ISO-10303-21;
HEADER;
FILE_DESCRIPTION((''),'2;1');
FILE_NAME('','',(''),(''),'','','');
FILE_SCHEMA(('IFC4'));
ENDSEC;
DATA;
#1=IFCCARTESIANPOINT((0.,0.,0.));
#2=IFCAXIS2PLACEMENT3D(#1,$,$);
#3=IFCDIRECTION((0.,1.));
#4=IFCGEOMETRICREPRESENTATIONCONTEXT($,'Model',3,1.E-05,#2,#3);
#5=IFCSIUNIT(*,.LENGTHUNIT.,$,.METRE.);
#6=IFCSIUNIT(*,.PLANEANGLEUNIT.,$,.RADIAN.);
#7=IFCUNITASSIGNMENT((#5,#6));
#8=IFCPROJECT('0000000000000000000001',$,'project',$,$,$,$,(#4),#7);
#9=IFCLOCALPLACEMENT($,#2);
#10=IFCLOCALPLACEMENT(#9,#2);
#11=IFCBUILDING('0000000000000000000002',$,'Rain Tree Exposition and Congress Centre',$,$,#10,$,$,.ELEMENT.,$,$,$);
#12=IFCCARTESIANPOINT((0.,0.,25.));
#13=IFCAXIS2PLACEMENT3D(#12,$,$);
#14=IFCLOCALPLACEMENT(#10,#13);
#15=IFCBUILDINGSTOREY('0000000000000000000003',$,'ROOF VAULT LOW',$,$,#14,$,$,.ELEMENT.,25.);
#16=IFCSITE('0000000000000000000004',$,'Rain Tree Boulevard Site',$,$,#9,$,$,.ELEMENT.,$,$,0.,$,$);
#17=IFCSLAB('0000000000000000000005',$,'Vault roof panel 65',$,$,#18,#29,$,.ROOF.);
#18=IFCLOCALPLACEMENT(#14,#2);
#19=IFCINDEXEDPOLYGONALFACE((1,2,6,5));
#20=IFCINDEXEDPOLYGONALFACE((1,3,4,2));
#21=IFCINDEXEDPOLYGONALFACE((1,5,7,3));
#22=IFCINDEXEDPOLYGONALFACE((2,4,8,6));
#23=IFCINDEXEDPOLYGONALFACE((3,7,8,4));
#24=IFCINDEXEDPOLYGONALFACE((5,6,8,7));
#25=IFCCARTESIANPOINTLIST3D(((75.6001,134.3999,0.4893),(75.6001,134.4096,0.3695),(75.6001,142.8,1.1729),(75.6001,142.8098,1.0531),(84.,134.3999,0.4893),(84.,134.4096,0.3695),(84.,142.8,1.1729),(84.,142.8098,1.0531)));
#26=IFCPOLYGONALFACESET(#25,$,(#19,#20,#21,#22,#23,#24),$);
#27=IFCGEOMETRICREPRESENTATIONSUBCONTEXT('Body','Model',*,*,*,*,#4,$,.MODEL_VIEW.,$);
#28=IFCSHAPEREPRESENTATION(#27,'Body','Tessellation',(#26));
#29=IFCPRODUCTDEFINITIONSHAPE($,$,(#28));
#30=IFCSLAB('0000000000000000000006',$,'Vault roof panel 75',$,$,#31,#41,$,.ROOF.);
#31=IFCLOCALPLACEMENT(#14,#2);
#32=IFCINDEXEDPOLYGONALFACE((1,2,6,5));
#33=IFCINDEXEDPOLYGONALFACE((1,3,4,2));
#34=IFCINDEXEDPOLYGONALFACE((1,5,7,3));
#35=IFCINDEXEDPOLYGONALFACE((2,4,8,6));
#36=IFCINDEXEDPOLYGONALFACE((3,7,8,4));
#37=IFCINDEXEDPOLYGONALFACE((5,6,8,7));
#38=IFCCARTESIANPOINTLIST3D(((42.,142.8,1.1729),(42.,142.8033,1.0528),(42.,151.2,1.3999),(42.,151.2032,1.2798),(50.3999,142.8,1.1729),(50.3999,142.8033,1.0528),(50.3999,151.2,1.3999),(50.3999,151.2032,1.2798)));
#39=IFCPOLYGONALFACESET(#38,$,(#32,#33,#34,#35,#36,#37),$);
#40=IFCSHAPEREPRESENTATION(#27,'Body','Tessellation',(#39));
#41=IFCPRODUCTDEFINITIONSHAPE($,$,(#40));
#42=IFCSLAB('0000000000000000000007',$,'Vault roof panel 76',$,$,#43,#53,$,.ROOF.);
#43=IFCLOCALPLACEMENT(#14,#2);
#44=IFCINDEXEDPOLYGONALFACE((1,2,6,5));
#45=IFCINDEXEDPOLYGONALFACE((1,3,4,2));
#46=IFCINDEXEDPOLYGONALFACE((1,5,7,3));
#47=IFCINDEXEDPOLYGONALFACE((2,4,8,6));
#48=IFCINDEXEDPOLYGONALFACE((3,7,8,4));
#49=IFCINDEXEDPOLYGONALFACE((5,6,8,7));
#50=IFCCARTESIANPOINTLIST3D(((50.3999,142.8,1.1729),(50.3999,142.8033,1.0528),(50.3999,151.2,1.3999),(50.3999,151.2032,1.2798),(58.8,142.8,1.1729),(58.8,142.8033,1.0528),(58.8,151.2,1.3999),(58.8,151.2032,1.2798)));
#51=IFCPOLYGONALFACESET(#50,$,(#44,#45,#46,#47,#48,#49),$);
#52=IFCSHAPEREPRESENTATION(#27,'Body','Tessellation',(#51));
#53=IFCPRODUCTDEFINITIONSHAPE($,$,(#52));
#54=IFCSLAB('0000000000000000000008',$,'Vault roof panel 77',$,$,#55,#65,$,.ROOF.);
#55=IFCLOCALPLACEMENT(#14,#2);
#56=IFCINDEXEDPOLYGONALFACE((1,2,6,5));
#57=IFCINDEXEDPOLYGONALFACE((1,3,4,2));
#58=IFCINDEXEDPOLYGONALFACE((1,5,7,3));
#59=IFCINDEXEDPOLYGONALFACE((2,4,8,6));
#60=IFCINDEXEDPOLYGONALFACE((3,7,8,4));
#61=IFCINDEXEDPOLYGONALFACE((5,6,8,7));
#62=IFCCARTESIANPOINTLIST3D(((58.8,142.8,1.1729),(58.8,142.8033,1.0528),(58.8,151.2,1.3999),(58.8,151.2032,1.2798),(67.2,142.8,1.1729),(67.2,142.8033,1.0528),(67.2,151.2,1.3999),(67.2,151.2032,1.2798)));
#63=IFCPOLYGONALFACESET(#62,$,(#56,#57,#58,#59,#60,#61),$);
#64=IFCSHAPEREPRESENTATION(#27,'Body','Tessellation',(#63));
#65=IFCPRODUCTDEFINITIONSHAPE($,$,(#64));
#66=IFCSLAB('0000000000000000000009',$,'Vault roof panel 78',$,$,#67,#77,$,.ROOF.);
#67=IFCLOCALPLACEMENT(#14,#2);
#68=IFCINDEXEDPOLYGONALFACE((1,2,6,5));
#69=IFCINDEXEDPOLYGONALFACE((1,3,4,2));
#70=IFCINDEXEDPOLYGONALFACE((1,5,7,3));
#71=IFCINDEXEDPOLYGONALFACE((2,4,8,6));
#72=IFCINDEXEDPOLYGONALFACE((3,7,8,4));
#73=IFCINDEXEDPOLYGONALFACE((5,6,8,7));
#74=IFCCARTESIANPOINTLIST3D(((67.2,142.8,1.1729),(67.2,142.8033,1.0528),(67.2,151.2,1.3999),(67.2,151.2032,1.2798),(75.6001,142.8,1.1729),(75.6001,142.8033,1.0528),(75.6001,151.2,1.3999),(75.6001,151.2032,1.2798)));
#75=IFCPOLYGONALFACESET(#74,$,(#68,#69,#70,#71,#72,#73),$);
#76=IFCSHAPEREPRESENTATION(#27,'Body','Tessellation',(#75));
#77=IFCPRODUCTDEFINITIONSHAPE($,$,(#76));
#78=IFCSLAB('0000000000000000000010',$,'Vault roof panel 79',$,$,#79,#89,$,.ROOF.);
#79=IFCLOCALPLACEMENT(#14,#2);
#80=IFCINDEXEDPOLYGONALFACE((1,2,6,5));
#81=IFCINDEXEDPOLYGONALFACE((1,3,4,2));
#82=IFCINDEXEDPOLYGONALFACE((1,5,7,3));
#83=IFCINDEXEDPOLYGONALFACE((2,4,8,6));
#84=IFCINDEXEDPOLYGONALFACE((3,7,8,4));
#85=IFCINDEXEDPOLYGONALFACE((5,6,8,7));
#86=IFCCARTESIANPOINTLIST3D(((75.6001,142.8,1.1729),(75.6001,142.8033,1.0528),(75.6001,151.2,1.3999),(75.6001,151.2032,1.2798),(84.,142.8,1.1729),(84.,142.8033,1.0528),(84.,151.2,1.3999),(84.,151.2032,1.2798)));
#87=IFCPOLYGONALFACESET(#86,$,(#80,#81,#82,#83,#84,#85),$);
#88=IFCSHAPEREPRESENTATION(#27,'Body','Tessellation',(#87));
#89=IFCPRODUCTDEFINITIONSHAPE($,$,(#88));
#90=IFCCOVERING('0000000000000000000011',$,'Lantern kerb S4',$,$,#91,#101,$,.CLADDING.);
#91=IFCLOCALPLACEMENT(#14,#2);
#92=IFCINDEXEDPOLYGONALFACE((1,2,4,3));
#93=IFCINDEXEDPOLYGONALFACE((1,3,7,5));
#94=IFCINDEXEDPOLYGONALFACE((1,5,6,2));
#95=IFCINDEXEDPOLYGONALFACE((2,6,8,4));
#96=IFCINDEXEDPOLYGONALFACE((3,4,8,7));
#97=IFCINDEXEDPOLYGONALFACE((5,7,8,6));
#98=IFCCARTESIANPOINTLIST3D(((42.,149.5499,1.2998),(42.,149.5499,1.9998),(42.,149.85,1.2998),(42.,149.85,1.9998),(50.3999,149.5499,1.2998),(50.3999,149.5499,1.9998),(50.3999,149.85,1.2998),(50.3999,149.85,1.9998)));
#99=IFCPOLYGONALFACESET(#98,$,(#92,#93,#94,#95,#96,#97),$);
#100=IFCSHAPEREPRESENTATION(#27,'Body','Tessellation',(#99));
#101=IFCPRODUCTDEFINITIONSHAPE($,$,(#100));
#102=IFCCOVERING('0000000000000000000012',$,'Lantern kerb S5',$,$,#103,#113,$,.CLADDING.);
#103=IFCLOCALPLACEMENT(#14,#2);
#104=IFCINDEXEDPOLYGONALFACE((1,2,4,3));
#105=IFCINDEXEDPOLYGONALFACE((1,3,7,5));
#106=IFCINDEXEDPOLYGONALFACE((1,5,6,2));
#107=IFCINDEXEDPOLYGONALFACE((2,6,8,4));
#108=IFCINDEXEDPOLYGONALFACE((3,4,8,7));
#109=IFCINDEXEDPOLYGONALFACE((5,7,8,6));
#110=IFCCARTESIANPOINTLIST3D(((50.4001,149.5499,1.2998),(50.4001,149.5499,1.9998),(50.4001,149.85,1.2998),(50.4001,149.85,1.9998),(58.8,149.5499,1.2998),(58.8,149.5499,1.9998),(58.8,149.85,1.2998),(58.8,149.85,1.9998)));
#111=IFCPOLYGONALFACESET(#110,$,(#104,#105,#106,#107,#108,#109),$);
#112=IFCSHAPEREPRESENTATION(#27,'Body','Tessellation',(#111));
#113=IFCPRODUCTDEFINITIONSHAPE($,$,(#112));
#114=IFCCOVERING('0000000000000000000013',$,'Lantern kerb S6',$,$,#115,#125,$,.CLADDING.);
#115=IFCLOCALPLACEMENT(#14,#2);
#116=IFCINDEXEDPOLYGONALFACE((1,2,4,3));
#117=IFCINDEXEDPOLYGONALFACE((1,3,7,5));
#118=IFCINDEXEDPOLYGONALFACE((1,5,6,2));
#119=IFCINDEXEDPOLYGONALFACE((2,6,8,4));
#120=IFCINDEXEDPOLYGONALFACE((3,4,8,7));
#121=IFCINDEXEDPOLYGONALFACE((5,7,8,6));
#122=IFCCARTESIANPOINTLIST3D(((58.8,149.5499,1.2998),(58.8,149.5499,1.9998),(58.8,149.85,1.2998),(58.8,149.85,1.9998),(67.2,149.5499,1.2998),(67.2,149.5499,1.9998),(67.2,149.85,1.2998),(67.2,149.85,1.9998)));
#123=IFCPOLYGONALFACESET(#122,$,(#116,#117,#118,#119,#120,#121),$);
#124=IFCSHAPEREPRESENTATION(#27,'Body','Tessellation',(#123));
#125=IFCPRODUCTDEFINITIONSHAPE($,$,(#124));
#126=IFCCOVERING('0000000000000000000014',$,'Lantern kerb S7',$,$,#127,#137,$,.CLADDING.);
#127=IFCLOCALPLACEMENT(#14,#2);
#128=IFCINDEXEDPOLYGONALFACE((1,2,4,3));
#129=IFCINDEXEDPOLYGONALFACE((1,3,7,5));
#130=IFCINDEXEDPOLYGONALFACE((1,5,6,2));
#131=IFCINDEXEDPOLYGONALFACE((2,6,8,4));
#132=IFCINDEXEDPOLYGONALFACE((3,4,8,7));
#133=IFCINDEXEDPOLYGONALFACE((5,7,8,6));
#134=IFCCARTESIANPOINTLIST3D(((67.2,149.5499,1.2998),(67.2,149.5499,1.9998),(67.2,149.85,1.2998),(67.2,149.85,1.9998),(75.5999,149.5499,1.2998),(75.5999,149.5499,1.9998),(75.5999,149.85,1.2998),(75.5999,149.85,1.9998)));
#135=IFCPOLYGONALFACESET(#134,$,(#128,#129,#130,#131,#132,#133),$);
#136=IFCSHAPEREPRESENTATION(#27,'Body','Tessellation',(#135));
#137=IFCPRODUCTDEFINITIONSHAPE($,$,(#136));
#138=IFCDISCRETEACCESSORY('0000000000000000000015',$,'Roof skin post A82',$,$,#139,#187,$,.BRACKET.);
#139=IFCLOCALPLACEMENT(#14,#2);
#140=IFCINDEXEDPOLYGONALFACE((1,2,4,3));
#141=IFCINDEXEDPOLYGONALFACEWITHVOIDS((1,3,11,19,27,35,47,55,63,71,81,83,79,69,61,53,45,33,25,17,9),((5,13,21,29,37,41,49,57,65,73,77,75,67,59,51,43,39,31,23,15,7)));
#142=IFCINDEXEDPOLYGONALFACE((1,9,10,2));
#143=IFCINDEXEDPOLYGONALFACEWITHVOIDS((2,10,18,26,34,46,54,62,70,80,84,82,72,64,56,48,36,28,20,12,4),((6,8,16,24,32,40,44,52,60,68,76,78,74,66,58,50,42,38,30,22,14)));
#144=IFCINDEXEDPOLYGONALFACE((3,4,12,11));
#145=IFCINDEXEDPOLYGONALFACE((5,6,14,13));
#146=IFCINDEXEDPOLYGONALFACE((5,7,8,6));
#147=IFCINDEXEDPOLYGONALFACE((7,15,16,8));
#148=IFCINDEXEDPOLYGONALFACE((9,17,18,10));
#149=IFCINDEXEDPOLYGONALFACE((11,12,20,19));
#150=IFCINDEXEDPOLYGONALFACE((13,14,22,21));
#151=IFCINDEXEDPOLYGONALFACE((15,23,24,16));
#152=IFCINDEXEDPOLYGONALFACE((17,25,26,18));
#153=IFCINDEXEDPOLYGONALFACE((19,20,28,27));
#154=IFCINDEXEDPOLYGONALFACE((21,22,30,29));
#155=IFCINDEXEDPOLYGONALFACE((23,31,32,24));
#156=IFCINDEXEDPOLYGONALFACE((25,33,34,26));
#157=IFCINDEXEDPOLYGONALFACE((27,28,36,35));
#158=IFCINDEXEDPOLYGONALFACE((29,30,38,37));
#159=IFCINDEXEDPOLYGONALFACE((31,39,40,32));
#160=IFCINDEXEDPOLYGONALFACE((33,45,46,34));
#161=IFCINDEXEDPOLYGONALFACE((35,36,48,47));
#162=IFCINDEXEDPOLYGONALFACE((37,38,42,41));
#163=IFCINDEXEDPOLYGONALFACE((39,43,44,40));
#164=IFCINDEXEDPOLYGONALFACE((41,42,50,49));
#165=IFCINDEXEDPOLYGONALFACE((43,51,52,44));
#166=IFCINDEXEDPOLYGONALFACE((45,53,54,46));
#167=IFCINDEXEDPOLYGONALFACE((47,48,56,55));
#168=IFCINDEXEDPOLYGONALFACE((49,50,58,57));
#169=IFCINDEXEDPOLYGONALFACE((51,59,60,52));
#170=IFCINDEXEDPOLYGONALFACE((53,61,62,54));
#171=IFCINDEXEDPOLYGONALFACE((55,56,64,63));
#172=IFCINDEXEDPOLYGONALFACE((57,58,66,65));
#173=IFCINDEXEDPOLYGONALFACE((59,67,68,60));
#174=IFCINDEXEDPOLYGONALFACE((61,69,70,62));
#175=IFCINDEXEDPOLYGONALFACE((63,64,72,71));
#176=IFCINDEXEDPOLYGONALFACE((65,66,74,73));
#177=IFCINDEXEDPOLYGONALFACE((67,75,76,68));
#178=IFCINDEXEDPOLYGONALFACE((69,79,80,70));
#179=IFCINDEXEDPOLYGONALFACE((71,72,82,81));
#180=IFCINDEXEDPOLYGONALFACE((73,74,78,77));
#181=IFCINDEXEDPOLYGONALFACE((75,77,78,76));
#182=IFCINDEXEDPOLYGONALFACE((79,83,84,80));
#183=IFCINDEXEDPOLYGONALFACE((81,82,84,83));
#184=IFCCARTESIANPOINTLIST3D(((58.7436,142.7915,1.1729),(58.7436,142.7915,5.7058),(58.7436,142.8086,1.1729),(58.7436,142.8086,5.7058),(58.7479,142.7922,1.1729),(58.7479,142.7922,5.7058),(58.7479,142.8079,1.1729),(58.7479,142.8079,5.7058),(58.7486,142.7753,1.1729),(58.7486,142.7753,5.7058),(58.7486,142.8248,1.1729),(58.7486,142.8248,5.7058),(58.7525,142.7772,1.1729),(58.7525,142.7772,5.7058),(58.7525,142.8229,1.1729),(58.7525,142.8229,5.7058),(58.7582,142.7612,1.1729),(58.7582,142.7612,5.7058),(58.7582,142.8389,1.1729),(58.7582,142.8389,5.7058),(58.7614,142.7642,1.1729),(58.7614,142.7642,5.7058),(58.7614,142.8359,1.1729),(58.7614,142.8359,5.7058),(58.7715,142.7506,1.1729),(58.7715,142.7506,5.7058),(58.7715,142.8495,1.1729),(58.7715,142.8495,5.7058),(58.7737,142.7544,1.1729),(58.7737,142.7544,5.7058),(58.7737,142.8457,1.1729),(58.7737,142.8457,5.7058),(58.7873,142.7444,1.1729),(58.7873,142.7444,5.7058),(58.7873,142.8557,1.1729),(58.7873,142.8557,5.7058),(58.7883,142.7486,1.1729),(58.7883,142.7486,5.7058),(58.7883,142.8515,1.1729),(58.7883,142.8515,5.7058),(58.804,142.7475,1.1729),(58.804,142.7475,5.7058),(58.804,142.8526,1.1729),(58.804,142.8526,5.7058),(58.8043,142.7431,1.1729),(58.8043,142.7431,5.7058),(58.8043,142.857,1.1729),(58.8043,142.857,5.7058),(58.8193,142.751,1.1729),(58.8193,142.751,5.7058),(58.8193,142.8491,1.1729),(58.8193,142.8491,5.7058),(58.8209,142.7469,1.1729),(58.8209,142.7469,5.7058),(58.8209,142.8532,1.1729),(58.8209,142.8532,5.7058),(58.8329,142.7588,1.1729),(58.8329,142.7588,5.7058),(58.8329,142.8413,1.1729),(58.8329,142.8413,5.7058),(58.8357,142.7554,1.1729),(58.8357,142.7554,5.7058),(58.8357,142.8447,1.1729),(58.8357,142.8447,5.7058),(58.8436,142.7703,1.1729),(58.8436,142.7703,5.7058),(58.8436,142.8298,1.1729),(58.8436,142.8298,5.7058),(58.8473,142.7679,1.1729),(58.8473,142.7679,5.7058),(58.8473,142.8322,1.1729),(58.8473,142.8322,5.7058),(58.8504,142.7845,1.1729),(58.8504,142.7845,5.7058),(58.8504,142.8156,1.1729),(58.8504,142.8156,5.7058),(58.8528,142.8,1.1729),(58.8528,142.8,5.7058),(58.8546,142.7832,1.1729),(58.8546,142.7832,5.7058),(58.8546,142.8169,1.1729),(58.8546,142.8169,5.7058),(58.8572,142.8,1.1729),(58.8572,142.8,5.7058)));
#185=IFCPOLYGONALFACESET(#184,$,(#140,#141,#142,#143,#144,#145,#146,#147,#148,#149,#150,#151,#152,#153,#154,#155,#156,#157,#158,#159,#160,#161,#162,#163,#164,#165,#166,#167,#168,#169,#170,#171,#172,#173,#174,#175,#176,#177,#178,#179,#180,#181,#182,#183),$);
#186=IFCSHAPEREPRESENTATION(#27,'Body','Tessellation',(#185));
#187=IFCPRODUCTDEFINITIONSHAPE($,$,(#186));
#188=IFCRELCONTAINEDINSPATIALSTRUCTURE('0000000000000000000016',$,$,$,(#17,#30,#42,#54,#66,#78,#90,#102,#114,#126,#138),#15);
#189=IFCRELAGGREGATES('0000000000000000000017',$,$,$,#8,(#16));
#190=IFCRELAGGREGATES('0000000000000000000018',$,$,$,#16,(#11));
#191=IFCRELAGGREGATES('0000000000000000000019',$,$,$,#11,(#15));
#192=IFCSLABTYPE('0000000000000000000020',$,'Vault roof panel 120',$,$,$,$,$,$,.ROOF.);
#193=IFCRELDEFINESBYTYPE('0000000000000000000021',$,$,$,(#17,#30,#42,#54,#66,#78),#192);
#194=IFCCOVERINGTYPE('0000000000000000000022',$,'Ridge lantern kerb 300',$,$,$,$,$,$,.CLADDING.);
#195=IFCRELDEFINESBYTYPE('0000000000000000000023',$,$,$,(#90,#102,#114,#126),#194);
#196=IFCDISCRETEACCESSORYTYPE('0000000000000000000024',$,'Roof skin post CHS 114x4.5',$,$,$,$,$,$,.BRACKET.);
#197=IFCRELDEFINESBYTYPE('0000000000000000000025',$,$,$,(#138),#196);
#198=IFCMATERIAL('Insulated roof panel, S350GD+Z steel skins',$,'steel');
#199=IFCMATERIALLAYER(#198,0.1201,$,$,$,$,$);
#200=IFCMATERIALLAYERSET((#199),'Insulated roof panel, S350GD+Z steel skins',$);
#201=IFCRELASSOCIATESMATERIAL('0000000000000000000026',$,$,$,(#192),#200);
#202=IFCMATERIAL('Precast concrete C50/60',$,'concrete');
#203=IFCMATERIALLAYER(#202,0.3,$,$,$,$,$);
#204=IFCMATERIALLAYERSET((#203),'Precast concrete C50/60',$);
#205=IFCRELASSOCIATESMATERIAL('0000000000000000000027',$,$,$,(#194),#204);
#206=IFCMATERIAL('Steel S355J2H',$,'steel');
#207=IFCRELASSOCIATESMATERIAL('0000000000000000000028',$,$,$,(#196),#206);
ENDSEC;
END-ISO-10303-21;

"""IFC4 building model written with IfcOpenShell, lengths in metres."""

from ifc_helpers import new_model, si_unit, direction, frame, origin, origin_2d, place, context, subcontext, project, spatial, polyline, rectangle, hollow_circle, outline, extrude, material, layer, layer_set, material_profile, profile_set, type_object, element, save


model = new_model("IFC4")

# Units and contexts
model_context = context("Model", 3, precision=1e-05, world=origin(), true_north=direction((0.0, 1.0)))
body_context = subcontext(model_context, "Body", "Model", "MODEL_VIEW")
ifc_project = project(units=[si_unit("LENGTHUNIT", "METRE"), si_unit("PLANEANGLEUNIT", "RADIAN")], contexts=[model_context])

# Site, building, storey
site_placement = place(None, origin())
site = spatial("IfcSite", under=ifc_project, at=site_placement, Name="Rain Tree Boulevard Site", CompositionType="ELEMENT", RefElevation=0.0)
building_placement = place(site_placement, origin())
building = spatial("IfcBuilding", under=site, at=building_placement, Name="Rain Tree Exposition and Congress Centre", CompositionType="ELEMENT")
storey_placement = place(building_placement, frame((0.0, 0.0, 25.0)))
storey = spatial("IfcBuildingStorey", under=building, at=storey_placement, Name="ROOF VAULT LOW", CompositionType="ELEMENT", Elevation=25.0)

# Slabs
ifc_material_1 = material(Name="Insulated roof panel, S350GD+Z steel skins", Category="steel")
ifc_layer_1 = layer(ifc_material_1, 0.1201)
ifc_layer_set_1 = layer_set([ifc_layer_1], Name="Insulated roof panel, S350GD+Z steel skins")
slab_type = type_object("IfcSlabType", Name="Vault roof panel 120", PredefinedType="ROOF", material=ifc_layer_set_1)
slab_1_placement = place(storey_placement, frame((75.6001, 134.3999, 0.4893), z_axis=(0.0, -0.081111, 0.996705), x_axis=(1.0, 0.0, 0.0)))
element("IfcSlab", 1, at=slab_1_placement, inside=storey, type_object=slab_type, Name="Vault roof panel 65", PredefinedType="ROOF", context=body_context, shape_type="SweptSolid", body=[
    extrude(outline(polyline([(0.0, 0.0), (8.3999, 0.0), (8.3999, 8.4279), (0.0, 8.4279), (0.0, 0.0)])), origin(), (0.0, 0.0, -1.0), 0.1201),
])
slab_2_placement = place(storey_placement, frame((42.0, 142.8, 1.1729), z_axis=(0.0, -0.02702, 0.999635), x_axis=(1.0, 0.0, 0.0)))
element("IfcSlab", 2, at=slab_2_placement, inside=storey, type_object=slab_type, Name="Vault roof panel 75", PredefinedType="ROOF", context=body_context, shape_type="SweptSolid", body=[
    extrude(outline(polyline([(0.0, 0.0), (8.3999, 0.0), (8.3999, 8.403), (0.0, 8.403), (0.0, 0.0)])), origin(), (0.0, 0.0, -1.0), 0.1201),
])
slab_3_placement = place(storey_placement, frame((50.3999, 142.8, 1.1729), z_axis=(0.0, -0.02702, 0.999635), x_axis=(1.0, 0.0, 0.0)))
element("IfcSlab", 3, at=slab_3_placement, inside=storey, type_object=slab_type, Name="Vault roof panel 76", PredefinedType="ROOF", context=body_context, shape_type="SweptSolid", body=[
    extrude(outline(polyline([(0.0, 0.0), (8.4001, 0.0), (8.4001, 8.403), (0.0, 8.403), (0.0, 0.0)])), origin(), (0.0, 0.0, -1.0), 0.1201),
])
slab_4_placement = place(storey_placement, frame((58.8, 142.8, 1.1729), z_axis=(0.0, -0.02702, 0.999635), x_axis=(1.0, 0.0, 0.0)))
element("IfcSlab", 4, at=slab_4_placement, inside=storey, type_object=slab_type, Name="Vault roof panel 77", PredefinedType="ROOF", context=body_context, shape_type="SweptSolid", body=[
    extrude(outline(polyline([(0.0, 0.0), (8.3999, 0.0), (8.3999, 8.403), (0.0, 8.403), (0.0, 0.0)])), origin(), (0.0, 0.0, -1.0), 0.1201),
])
slab_5_placement = place(storey_placement, frame((67.2, 142.8, 1.1729), z_axis=(0.0, -0.02702, 0.999635), x_axis=(1.0, 0.0, 0.0)))
element("IfcSlab", 5, at=slab_5_placement, inside=storey, type_object=slab_type, Name="Vault roof panel 78", PredefinedType="ROOF", context=body_context, shape_type="SweptSolid", body=[
    extrude(outline(polyline([(0.0, 0.0), (8.4001, 0.0), (8.4001, 8.403), (0.0, 8.403), (0.0, 0.0)])), origin(), (0.0, 0.0, -1.0), 0.1201),
])
slab_6_placement = place(storey_placement, frame((75.6001, 142.8, 1.1729), z_axis=(0.0, -0.02702, 0.999635), x_axis=(1.0, 0.0, 0.0)))
element("IfcSlab", 6, at=slab_6_placement, inside=storey, type_object=slab_type, Name="Vault roof panel 79", PredefinedType="ROOF", context=body_context, shape_type="SweptSolid", body=[
    extrude(outline(polyline([(0.0, 0.0), (8.3999, 0.0), (8.3999, 8.403), (0.0, 8.403), (0.0, 0.0)])), origin(), (0.0, 0.0, -1.0), 0.1201),
])

# Coverings
ifc_material_2 = material(Name="Precast concrete C50/60", Category="concrete")
ifc_layer_2 = layer(ifc_material_2, 0.3)
ifc_layer_set_2 = layer_set([ifc_layer_2], Name="Precast concrete C50/60")
covering_type = type_object("IfcCoveringType", Name="Ridge lantern kerb 300", PredefinedType="CLADDING", material=ifc_layer_set_2)
for number, where, z_axis, x_axis, name in (
    (7, (46.2, 149.7, 1.2998), (0.0, 0.0, 1.0), (1.0, 0.0, 0.0), "Lantern kerb S4"),
    (8, (54.6001, 149.7, 1.2998), (0.0, 0.0, 1.0), (1.0, 0.0, 0.0), "Lantern kerb S5"),
    (9, (63.0, 149.7, 1.2998), (0.0, 0.0, 1.0), (1.0, 0.0, 0.0), "Lantern kerb S6"),
    (10, (71.3999, 149.7, 1.2998), (0.0, 0.0, 1.0), (1.0, 0.0, 0.0), "Lantern kerb S7"),
):
    element("IfcCovering", number, at=place(storey_placement, frame(where, z_axis=z_axis, x_axis=x_axis)), inside=storey, type_object=covering_type, Name=name, PredefinedType="CLADDING", context=body_context, shape_type="SweptSolid", body=[
        extrude(rectangle(XDim=8.3999, YDim=0.3, at=origin_2d()), origin(), (0.0, 0.0, 1.0), 0.7),
    ])

# Discrete accessory
ifc_material_3 = material(Name="Steel S355J2H", Category="steel")
ifc_material_profile_1 = material_profile(ifc_material_3, hollow_circle(Radius=0.0571, WallThickness=0.0044, at=origin_2d()), Name="CHS 114x4.5")
ifc_profile_set_1 = profile_set([ifc_material_profile_1], Name="Steel S355J2H")
discrete_accessory_type_1 = type_object("IfcDiscreteAccessoryType", Name="Roof skin post CHS 114x4.5", PredefinedType="BRACKET", material=ifc_profile_set_1)
discrete_accessory_1_placement = place(storey_placement, frame((58.8, 142.8, 1.1729), z_axis=(0.0, 0.0, 1.0), x_axis=(1.0, 0.0, 0.0)))
element("IfcDiscreteAccessory", 11, at=discrete_accessory_1_placement, inside=storey, type_object=discrete_accessory_type_1, Name="Roof skin post A82", PredefinedType="BRACKET", context=body_context, shape_type="SweptSolid", body=[
    extrude(hollow_circle(Radius=0.0571, WallThickness=0.0044, at=origin_2d()), origin(), (0.0, 0.0, 1.0), 4.533),
])

save(model, "model.ifc")
